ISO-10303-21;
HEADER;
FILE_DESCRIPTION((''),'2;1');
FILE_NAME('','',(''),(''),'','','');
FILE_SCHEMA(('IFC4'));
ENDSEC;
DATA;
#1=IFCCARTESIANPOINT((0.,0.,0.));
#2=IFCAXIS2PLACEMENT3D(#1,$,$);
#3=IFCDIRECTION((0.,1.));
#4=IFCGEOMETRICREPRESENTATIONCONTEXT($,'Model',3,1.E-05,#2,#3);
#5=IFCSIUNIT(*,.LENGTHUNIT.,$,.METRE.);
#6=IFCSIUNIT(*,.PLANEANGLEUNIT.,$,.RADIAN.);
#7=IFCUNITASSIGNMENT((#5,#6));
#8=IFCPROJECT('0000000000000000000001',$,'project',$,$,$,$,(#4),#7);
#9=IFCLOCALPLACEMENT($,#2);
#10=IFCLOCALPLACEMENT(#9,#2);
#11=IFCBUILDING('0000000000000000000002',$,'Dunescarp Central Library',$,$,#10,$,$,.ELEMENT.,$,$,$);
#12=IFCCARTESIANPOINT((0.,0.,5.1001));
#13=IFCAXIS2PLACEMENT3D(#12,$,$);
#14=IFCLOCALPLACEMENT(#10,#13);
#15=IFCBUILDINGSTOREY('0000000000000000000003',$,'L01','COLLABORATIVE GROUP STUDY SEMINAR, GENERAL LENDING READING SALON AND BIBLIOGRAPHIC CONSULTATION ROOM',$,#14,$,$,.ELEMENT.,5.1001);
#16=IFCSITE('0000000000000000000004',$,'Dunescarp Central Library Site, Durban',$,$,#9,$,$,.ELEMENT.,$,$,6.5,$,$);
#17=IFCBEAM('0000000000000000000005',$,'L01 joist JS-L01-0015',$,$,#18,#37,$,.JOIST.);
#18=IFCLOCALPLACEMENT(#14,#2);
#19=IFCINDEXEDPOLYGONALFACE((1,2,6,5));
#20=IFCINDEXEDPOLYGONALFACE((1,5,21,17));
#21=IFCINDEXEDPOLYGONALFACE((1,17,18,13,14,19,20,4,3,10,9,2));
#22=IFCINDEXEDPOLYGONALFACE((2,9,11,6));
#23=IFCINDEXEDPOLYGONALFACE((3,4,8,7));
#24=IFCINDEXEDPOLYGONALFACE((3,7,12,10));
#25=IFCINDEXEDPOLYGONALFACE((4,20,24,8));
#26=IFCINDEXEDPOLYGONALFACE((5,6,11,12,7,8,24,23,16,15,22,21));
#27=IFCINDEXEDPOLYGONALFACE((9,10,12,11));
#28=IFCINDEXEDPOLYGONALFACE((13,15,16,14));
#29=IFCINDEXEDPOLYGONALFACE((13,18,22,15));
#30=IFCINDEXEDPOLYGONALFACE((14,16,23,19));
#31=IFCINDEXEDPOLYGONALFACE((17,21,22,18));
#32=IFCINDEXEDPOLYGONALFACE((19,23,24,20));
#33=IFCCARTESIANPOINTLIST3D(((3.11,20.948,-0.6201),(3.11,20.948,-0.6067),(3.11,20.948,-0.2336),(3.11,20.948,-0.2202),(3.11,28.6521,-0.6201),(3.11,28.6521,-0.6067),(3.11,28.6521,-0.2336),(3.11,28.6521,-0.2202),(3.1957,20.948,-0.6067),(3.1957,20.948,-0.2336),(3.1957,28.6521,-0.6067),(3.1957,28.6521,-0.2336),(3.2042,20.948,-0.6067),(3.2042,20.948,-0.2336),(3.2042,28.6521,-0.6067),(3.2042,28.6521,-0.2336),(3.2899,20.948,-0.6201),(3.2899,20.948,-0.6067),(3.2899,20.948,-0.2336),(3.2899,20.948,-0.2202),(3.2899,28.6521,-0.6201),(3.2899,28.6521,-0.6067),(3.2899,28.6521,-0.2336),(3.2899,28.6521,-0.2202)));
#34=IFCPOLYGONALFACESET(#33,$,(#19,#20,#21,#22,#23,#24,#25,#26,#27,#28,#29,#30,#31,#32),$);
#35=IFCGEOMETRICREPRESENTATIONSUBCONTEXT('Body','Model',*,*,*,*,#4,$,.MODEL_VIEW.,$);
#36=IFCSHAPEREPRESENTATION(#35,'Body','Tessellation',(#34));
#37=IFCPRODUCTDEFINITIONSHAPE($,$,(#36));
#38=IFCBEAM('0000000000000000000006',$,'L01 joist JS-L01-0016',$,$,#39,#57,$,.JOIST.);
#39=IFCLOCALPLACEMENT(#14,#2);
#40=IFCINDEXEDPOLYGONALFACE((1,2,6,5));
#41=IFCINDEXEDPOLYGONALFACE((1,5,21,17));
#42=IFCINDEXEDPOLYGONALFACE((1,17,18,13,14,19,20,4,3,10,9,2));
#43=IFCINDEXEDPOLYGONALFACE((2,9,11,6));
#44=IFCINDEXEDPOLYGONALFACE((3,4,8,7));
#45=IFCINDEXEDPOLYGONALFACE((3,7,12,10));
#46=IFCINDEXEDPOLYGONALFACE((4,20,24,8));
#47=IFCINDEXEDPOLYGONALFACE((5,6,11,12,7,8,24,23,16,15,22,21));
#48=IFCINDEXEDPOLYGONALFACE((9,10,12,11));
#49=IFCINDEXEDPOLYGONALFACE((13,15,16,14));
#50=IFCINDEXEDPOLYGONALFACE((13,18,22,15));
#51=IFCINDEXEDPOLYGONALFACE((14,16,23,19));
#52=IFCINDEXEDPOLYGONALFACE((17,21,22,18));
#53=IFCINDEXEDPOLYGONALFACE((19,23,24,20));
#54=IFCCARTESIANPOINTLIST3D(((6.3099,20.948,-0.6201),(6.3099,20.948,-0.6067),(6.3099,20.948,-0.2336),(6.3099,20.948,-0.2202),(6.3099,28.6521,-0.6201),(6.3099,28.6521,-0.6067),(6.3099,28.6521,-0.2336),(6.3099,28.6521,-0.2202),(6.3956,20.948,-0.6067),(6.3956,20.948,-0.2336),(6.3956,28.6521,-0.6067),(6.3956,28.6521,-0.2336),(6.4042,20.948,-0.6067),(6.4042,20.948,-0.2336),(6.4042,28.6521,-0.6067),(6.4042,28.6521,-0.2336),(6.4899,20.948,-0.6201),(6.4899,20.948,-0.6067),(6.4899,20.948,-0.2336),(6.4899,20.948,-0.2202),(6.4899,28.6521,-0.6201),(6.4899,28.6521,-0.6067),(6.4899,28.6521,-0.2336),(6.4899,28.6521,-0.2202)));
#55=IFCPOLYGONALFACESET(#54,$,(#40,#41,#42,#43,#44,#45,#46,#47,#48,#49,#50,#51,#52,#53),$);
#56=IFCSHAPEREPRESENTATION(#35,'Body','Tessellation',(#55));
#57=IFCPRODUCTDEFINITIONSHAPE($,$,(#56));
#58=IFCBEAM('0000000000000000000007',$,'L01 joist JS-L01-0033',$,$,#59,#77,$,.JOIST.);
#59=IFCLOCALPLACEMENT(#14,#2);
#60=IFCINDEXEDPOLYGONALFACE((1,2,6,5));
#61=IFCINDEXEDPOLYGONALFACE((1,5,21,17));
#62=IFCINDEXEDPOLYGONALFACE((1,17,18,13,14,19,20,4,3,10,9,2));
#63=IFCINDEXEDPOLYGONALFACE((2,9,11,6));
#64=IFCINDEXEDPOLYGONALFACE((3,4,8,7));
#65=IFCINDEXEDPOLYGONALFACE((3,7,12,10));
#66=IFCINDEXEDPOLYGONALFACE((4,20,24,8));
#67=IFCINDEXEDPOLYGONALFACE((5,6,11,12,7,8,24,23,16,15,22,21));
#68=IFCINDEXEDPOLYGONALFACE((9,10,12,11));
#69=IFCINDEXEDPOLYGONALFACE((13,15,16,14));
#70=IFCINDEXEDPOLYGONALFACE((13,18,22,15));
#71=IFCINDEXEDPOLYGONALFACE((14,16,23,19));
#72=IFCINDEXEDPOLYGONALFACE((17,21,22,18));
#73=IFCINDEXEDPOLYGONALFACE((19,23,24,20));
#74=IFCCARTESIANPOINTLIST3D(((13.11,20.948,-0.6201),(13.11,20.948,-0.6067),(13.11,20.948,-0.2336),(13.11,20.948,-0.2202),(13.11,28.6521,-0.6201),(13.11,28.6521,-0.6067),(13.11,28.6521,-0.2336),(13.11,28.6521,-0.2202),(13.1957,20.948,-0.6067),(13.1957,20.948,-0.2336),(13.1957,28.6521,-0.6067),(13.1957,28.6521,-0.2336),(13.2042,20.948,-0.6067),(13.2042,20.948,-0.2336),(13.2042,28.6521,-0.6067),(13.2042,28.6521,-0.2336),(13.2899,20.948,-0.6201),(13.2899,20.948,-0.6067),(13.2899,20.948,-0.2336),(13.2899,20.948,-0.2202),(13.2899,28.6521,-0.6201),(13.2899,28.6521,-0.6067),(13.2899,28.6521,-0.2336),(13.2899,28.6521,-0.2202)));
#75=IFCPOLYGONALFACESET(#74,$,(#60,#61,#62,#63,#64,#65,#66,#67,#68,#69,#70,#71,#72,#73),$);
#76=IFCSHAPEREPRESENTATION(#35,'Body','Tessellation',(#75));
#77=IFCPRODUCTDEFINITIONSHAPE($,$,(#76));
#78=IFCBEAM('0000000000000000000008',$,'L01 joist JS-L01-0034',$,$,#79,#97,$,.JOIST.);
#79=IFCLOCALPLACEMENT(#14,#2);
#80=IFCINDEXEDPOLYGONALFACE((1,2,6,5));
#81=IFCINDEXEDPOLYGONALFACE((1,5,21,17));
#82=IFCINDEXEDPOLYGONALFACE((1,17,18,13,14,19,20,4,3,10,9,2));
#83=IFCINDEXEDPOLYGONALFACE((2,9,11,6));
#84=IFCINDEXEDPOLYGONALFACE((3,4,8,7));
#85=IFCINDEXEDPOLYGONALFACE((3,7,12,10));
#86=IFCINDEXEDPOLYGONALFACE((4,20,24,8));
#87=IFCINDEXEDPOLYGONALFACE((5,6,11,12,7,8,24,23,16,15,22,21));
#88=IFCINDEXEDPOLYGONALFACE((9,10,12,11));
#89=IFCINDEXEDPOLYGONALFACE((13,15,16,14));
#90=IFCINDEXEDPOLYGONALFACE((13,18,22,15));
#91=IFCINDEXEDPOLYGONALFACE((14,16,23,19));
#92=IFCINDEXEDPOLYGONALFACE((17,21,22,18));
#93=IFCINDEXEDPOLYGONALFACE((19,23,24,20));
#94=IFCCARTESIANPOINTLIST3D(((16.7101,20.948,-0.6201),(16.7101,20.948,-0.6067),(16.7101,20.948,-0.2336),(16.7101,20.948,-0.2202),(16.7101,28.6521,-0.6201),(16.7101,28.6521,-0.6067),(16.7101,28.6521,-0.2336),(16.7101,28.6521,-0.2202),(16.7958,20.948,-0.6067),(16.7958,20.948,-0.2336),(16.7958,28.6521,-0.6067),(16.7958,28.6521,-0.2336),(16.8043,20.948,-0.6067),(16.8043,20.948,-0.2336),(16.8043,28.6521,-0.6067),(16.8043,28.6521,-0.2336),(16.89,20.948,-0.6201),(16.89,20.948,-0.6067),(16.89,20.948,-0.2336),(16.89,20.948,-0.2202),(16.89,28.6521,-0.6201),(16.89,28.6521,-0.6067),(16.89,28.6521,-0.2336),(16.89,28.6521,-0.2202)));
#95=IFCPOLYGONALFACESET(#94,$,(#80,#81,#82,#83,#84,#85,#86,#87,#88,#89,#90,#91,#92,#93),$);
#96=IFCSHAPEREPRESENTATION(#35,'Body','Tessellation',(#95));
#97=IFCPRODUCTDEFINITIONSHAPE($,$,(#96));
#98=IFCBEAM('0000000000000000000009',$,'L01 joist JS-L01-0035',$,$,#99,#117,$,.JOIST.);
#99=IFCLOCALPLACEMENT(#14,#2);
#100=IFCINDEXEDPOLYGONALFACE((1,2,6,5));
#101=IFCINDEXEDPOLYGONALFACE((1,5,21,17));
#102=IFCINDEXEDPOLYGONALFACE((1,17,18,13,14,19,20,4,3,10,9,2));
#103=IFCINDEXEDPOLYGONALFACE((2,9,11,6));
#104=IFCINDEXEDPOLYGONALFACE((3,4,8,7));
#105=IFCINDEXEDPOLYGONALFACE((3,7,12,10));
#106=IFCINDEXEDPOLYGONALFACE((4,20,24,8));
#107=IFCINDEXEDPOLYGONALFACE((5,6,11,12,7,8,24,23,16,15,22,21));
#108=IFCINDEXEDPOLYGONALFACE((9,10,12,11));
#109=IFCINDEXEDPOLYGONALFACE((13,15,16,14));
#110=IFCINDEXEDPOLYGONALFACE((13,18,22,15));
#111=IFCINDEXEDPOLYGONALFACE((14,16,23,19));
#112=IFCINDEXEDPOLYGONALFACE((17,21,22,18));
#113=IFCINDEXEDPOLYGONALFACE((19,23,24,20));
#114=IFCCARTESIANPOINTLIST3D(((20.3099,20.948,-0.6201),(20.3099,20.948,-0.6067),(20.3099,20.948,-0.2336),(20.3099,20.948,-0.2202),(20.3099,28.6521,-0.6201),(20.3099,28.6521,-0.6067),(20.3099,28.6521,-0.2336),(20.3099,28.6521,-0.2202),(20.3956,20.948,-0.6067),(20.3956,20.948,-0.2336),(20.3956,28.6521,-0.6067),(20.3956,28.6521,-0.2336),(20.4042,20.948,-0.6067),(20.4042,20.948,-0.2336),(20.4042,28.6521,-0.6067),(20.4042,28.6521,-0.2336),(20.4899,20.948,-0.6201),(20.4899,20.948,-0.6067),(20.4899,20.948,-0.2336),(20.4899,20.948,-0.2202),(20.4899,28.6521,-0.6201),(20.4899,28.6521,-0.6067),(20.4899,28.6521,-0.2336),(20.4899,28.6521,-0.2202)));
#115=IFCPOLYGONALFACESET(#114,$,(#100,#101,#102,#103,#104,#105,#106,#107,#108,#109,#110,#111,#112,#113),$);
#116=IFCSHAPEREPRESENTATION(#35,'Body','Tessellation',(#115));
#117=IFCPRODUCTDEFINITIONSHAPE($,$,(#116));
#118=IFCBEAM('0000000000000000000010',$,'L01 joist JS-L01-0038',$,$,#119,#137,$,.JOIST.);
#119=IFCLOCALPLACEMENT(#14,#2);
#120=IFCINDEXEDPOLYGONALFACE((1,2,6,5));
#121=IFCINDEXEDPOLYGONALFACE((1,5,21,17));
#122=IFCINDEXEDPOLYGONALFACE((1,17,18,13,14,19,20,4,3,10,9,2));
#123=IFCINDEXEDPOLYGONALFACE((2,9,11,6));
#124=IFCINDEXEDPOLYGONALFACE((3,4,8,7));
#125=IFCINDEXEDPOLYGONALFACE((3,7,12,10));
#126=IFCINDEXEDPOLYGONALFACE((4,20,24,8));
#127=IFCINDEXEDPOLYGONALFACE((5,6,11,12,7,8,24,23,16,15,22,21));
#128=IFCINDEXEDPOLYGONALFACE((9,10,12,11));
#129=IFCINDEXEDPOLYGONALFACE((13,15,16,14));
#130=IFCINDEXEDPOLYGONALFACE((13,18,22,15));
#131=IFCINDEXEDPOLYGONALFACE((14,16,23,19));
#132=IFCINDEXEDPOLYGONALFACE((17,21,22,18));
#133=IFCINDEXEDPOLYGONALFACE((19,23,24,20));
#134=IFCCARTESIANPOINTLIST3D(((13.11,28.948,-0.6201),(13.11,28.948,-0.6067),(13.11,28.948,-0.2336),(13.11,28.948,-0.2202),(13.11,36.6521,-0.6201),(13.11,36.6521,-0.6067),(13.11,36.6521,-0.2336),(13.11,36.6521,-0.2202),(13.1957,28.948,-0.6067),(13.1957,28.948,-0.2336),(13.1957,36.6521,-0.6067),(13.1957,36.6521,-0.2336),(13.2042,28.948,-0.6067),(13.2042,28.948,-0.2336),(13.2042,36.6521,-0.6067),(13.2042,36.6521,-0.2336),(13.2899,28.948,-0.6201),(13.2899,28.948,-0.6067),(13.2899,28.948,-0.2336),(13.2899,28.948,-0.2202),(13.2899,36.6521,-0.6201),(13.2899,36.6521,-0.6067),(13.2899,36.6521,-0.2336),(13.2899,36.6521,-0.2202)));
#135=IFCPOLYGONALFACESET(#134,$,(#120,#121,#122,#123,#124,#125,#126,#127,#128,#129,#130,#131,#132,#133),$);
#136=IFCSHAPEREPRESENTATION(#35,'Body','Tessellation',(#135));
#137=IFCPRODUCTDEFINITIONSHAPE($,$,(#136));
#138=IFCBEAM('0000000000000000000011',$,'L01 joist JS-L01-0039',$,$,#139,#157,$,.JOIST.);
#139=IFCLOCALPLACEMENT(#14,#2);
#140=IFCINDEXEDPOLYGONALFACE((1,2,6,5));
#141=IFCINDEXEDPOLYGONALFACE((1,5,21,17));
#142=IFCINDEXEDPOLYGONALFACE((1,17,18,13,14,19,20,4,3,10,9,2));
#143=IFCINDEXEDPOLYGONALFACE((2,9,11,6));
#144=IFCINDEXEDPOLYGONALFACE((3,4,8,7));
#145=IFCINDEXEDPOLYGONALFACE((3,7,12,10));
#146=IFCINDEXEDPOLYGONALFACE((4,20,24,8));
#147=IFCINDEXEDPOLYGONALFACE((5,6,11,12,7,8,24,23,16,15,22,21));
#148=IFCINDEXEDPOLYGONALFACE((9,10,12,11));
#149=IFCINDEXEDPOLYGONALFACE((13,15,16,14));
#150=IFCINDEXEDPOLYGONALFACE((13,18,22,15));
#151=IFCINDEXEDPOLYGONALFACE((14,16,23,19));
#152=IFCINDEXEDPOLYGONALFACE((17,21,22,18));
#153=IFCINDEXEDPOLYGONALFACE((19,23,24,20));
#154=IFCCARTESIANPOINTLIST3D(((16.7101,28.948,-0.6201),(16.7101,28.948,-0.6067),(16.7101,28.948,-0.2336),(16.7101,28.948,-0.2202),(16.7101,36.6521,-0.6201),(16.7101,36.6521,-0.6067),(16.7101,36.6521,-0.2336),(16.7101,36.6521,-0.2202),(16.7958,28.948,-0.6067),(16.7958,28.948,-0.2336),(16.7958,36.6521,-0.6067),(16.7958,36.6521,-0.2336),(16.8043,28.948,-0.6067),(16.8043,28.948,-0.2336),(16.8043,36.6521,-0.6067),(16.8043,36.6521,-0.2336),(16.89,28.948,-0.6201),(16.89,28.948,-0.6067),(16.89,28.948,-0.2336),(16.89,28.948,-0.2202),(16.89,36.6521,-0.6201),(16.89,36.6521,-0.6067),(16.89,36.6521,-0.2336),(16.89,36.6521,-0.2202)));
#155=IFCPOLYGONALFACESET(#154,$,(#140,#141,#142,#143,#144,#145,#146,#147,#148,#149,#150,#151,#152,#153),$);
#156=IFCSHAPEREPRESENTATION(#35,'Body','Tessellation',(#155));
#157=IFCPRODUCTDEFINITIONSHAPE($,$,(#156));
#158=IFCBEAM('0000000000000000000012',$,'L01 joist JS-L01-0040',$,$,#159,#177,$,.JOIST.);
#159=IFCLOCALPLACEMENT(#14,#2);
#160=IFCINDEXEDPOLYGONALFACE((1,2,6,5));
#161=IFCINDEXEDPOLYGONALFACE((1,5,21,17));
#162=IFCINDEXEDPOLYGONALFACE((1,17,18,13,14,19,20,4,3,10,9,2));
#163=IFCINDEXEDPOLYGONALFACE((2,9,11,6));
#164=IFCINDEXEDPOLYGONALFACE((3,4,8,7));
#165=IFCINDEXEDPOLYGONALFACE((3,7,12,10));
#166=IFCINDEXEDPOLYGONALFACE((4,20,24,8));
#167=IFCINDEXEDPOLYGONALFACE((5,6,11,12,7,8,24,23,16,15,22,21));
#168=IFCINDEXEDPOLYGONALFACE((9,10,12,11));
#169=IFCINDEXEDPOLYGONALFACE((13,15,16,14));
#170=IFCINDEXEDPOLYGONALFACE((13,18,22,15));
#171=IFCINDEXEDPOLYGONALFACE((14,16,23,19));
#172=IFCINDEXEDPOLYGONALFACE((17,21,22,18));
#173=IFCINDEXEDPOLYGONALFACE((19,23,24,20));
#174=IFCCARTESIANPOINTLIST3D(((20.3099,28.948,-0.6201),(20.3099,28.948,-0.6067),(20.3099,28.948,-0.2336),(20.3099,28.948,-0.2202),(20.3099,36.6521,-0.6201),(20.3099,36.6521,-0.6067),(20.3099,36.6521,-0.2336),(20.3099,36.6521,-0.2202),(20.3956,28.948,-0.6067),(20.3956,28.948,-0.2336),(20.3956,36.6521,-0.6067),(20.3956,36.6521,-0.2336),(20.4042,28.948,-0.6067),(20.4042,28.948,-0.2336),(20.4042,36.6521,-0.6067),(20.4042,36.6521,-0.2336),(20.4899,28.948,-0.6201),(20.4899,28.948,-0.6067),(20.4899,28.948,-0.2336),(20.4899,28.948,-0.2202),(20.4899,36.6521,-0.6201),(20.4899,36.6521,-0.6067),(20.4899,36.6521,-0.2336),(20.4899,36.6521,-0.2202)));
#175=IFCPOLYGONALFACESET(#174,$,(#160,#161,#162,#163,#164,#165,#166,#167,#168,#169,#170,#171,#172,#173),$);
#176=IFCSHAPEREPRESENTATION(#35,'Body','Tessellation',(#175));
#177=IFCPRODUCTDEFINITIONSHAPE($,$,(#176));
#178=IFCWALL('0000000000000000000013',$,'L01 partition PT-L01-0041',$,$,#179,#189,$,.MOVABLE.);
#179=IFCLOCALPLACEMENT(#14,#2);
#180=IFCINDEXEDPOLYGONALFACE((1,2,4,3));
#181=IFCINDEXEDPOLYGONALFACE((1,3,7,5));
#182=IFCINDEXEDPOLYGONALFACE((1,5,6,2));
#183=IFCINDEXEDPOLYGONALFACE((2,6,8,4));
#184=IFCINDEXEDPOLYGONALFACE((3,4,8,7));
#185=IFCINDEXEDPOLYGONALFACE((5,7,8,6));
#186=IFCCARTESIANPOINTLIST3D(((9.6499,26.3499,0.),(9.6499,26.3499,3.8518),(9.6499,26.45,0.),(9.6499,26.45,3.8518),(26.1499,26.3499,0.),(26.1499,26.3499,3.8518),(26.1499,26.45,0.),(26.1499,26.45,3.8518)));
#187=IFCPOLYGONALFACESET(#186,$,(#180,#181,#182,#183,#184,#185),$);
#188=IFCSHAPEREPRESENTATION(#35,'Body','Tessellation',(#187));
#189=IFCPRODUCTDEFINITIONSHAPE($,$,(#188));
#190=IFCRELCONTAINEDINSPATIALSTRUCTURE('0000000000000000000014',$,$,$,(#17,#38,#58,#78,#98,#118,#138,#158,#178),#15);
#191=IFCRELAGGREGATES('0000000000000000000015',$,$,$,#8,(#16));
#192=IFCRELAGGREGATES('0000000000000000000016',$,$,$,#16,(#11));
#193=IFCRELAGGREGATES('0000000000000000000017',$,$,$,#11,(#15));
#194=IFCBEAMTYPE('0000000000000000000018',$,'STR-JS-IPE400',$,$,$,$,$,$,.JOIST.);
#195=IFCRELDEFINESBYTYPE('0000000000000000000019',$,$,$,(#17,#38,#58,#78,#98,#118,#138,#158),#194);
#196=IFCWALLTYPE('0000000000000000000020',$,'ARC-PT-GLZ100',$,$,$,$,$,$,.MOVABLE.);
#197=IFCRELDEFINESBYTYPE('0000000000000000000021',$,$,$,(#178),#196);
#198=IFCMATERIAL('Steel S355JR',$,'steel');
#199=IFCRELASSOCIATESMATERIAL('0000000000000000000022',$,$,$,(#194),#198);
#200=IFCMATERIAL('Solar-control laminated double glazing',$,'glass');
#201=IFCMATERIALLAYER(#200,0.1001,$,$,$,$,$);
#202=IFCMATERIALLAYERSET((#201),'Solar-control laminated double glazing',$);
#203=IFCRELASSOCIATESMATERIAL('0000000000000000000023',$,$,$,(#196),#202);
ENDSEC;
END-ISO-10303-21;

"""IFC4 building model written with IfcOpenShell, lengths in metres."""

from ifc_helpers import new_model, si_unit, direction, frame, frame_2d, origin, origin_2d, place, context, subcontext, project, spatial, rectangle, i_section, extrude, material, layer, layer_set, material_profile, profile_set, type_object, element, save


model = new_model("IFC4")

# Units and contexts
model_context = context("Model", 3, precision=1e-05, world=origin(), true_north=direction((0.0, 1.0)))
body_context = subcontext(model_context, "Body", "Model", "MODEL_VIEW")
ifc_project = project(units=[si_unit("LENGTHUNIT", "METRE"), si_unit("PLANEANGLEUNIT", "RADIAN")], contexts=[model_context])

# Site, building, storey
site_placement = place(None, origin())
site = spatial("IfcSite", under=ifc_project, at=site_placement, Name="Dunescarp Central Library Site, Durban", CompositionType="ELEMENT", RefElevation=6.5)
building_placement = place(site_placement, origin())
building = spatial("IfcBuilding", under=site, at=building_placement, Name="Dunescarp Central Library", CompositionType="ELEMENT")
storey_placement = place(building_placement, frame((0.0, 0.0, 5.1001)))
storey = spatial("IfcBuildingStorey", under=building, at=storey_placement, Name="L01", Description="COLLABORATIVE GROUP STUDY SEMINAR, GENERAL LENDING READING SALON AND BIBLIOGRAPHIC CONSULTATION ROOM", CompositionType="ELEMENT", Elevation=5.1001)

# Shared definitions
ifc_material_1 = material(Name="Steel S355JR", Category="steel")

# Beams
ifc_material_profile_1 = material_profile(ifc_material_1, i_section(OverallWidth=0.1799, OverallDepth=0.3999, WebThickness=0.0085, FlangeThickness=0.0134, at=origin_2d()), Name="IPE 400")
ifc_profile_set_1 = profile_set([ifc_material_profile_1], Name="Steel S355JR")
beam_type_1 = type_object("IfcBeamType", Name="STR-JS-IPE400", PredefinedType="JOIST", material=ifc_profile_set_1)
for number, where, z_axis, x_axis, name in (
    (1, (3.2, 20.948, -0.4202), (0.0, 1.0, 0.0), (-1.0, 0.0, 0.0), "L01 joist JS-L01-0015"),
    (2, (6.3999, 20.948, -0.4202), (0.0, 1.0, 0.0), (-1.0, 0.0, 0.0), "L01 joist JS-L01-0016"),
    (3, (13.2, 20.948, -0.4202), (0.0, 1.0, 0.0), (-1.0, 0.0, 0.0), "L01 joist JS-L01-0033"),
    (4, (16.8, 20.948, -0.4202), (0.0, 1.0, 0.0), (-1.0, 0.0, 0.0), "L01 joist JS-L01-0034"),
    (5, (20.3999, 20.948, -0.4202), (0.0, 1.0, 0.0), (-1.0, 0.0, 0.0), "L01 joist JS-L01-0035"),
    (6, (13.2, 28.948, -0.4202), (0.0, 1.0, 0.0), (-1.0, 0.0, 0.0), "L01 joist JS-L01-0038"),
    (7, (16.8, 28.948, -0.4202), (0.0, 1.0, 0.0), (-1.0, 0.0, 0.0), "L01 joist JS-L01-0039"),
    (8, (20.3999, 28.948, -0.4202), (0.0, 1.0, 0.0), (-1.0, 0.0, 0.0), "L01 joist JS-L01-0040"),
):
    element("IfcBeam", number, at=place(storey_placement, frame(where, z_axis=z_axis, x_axis=x_axis)), inside=storey, type_object=beam_type_1, Name=name, PredefinedType="JOIST", context=body_context, shape_type="SweptSolid", body=[
        extrude(i_section(OverallWidth=0.1799, OverallDepth=0.3999, WebThickness=0.0085, FlangeThickness=0.0134, at=origin_2d()), origin(), (0.0, 0.0, 1.0), 7.7041),
    ])

# Wall
ifc_material_2 = material(Name="Solar-control laminated double glazing", Category="glass")
ifc_layer_1 = layer(ifc_material_2, 0.1001)
ifc_layer_set_1 = layer_set([ifc_layer_1], Name="Solar-control laminated double glazing")
wall_type_1 = type_object("IfcWallType", Name="ARC-PT-GLZ100", PredefinedType="MOVABLE", material=ifc_layer_set_1)
wall_1_placement = place(storey_placement, frame((9.6499, 26.3999, 0.0), z_axis=(0.0, 0.0, 1.0), x_axis=(1.0, 0.0, 0.0)))
element("IfcWall", 9, at=wall_1_placement, inside=storey, type_object=wall_type_1, Name="L01 partition PT-L01-0041", PredefinedType="MOVABLE", context=body_context, shape_type="SweptSolid", body=[
    extrude(rectangle(XDim=16.5, YDim=0.1001, at=frame_2d((8.25, 0.0))), origin(), (0.0, 0.0, 1.0), 3.8518),
])

save(model, "model.ifc")
